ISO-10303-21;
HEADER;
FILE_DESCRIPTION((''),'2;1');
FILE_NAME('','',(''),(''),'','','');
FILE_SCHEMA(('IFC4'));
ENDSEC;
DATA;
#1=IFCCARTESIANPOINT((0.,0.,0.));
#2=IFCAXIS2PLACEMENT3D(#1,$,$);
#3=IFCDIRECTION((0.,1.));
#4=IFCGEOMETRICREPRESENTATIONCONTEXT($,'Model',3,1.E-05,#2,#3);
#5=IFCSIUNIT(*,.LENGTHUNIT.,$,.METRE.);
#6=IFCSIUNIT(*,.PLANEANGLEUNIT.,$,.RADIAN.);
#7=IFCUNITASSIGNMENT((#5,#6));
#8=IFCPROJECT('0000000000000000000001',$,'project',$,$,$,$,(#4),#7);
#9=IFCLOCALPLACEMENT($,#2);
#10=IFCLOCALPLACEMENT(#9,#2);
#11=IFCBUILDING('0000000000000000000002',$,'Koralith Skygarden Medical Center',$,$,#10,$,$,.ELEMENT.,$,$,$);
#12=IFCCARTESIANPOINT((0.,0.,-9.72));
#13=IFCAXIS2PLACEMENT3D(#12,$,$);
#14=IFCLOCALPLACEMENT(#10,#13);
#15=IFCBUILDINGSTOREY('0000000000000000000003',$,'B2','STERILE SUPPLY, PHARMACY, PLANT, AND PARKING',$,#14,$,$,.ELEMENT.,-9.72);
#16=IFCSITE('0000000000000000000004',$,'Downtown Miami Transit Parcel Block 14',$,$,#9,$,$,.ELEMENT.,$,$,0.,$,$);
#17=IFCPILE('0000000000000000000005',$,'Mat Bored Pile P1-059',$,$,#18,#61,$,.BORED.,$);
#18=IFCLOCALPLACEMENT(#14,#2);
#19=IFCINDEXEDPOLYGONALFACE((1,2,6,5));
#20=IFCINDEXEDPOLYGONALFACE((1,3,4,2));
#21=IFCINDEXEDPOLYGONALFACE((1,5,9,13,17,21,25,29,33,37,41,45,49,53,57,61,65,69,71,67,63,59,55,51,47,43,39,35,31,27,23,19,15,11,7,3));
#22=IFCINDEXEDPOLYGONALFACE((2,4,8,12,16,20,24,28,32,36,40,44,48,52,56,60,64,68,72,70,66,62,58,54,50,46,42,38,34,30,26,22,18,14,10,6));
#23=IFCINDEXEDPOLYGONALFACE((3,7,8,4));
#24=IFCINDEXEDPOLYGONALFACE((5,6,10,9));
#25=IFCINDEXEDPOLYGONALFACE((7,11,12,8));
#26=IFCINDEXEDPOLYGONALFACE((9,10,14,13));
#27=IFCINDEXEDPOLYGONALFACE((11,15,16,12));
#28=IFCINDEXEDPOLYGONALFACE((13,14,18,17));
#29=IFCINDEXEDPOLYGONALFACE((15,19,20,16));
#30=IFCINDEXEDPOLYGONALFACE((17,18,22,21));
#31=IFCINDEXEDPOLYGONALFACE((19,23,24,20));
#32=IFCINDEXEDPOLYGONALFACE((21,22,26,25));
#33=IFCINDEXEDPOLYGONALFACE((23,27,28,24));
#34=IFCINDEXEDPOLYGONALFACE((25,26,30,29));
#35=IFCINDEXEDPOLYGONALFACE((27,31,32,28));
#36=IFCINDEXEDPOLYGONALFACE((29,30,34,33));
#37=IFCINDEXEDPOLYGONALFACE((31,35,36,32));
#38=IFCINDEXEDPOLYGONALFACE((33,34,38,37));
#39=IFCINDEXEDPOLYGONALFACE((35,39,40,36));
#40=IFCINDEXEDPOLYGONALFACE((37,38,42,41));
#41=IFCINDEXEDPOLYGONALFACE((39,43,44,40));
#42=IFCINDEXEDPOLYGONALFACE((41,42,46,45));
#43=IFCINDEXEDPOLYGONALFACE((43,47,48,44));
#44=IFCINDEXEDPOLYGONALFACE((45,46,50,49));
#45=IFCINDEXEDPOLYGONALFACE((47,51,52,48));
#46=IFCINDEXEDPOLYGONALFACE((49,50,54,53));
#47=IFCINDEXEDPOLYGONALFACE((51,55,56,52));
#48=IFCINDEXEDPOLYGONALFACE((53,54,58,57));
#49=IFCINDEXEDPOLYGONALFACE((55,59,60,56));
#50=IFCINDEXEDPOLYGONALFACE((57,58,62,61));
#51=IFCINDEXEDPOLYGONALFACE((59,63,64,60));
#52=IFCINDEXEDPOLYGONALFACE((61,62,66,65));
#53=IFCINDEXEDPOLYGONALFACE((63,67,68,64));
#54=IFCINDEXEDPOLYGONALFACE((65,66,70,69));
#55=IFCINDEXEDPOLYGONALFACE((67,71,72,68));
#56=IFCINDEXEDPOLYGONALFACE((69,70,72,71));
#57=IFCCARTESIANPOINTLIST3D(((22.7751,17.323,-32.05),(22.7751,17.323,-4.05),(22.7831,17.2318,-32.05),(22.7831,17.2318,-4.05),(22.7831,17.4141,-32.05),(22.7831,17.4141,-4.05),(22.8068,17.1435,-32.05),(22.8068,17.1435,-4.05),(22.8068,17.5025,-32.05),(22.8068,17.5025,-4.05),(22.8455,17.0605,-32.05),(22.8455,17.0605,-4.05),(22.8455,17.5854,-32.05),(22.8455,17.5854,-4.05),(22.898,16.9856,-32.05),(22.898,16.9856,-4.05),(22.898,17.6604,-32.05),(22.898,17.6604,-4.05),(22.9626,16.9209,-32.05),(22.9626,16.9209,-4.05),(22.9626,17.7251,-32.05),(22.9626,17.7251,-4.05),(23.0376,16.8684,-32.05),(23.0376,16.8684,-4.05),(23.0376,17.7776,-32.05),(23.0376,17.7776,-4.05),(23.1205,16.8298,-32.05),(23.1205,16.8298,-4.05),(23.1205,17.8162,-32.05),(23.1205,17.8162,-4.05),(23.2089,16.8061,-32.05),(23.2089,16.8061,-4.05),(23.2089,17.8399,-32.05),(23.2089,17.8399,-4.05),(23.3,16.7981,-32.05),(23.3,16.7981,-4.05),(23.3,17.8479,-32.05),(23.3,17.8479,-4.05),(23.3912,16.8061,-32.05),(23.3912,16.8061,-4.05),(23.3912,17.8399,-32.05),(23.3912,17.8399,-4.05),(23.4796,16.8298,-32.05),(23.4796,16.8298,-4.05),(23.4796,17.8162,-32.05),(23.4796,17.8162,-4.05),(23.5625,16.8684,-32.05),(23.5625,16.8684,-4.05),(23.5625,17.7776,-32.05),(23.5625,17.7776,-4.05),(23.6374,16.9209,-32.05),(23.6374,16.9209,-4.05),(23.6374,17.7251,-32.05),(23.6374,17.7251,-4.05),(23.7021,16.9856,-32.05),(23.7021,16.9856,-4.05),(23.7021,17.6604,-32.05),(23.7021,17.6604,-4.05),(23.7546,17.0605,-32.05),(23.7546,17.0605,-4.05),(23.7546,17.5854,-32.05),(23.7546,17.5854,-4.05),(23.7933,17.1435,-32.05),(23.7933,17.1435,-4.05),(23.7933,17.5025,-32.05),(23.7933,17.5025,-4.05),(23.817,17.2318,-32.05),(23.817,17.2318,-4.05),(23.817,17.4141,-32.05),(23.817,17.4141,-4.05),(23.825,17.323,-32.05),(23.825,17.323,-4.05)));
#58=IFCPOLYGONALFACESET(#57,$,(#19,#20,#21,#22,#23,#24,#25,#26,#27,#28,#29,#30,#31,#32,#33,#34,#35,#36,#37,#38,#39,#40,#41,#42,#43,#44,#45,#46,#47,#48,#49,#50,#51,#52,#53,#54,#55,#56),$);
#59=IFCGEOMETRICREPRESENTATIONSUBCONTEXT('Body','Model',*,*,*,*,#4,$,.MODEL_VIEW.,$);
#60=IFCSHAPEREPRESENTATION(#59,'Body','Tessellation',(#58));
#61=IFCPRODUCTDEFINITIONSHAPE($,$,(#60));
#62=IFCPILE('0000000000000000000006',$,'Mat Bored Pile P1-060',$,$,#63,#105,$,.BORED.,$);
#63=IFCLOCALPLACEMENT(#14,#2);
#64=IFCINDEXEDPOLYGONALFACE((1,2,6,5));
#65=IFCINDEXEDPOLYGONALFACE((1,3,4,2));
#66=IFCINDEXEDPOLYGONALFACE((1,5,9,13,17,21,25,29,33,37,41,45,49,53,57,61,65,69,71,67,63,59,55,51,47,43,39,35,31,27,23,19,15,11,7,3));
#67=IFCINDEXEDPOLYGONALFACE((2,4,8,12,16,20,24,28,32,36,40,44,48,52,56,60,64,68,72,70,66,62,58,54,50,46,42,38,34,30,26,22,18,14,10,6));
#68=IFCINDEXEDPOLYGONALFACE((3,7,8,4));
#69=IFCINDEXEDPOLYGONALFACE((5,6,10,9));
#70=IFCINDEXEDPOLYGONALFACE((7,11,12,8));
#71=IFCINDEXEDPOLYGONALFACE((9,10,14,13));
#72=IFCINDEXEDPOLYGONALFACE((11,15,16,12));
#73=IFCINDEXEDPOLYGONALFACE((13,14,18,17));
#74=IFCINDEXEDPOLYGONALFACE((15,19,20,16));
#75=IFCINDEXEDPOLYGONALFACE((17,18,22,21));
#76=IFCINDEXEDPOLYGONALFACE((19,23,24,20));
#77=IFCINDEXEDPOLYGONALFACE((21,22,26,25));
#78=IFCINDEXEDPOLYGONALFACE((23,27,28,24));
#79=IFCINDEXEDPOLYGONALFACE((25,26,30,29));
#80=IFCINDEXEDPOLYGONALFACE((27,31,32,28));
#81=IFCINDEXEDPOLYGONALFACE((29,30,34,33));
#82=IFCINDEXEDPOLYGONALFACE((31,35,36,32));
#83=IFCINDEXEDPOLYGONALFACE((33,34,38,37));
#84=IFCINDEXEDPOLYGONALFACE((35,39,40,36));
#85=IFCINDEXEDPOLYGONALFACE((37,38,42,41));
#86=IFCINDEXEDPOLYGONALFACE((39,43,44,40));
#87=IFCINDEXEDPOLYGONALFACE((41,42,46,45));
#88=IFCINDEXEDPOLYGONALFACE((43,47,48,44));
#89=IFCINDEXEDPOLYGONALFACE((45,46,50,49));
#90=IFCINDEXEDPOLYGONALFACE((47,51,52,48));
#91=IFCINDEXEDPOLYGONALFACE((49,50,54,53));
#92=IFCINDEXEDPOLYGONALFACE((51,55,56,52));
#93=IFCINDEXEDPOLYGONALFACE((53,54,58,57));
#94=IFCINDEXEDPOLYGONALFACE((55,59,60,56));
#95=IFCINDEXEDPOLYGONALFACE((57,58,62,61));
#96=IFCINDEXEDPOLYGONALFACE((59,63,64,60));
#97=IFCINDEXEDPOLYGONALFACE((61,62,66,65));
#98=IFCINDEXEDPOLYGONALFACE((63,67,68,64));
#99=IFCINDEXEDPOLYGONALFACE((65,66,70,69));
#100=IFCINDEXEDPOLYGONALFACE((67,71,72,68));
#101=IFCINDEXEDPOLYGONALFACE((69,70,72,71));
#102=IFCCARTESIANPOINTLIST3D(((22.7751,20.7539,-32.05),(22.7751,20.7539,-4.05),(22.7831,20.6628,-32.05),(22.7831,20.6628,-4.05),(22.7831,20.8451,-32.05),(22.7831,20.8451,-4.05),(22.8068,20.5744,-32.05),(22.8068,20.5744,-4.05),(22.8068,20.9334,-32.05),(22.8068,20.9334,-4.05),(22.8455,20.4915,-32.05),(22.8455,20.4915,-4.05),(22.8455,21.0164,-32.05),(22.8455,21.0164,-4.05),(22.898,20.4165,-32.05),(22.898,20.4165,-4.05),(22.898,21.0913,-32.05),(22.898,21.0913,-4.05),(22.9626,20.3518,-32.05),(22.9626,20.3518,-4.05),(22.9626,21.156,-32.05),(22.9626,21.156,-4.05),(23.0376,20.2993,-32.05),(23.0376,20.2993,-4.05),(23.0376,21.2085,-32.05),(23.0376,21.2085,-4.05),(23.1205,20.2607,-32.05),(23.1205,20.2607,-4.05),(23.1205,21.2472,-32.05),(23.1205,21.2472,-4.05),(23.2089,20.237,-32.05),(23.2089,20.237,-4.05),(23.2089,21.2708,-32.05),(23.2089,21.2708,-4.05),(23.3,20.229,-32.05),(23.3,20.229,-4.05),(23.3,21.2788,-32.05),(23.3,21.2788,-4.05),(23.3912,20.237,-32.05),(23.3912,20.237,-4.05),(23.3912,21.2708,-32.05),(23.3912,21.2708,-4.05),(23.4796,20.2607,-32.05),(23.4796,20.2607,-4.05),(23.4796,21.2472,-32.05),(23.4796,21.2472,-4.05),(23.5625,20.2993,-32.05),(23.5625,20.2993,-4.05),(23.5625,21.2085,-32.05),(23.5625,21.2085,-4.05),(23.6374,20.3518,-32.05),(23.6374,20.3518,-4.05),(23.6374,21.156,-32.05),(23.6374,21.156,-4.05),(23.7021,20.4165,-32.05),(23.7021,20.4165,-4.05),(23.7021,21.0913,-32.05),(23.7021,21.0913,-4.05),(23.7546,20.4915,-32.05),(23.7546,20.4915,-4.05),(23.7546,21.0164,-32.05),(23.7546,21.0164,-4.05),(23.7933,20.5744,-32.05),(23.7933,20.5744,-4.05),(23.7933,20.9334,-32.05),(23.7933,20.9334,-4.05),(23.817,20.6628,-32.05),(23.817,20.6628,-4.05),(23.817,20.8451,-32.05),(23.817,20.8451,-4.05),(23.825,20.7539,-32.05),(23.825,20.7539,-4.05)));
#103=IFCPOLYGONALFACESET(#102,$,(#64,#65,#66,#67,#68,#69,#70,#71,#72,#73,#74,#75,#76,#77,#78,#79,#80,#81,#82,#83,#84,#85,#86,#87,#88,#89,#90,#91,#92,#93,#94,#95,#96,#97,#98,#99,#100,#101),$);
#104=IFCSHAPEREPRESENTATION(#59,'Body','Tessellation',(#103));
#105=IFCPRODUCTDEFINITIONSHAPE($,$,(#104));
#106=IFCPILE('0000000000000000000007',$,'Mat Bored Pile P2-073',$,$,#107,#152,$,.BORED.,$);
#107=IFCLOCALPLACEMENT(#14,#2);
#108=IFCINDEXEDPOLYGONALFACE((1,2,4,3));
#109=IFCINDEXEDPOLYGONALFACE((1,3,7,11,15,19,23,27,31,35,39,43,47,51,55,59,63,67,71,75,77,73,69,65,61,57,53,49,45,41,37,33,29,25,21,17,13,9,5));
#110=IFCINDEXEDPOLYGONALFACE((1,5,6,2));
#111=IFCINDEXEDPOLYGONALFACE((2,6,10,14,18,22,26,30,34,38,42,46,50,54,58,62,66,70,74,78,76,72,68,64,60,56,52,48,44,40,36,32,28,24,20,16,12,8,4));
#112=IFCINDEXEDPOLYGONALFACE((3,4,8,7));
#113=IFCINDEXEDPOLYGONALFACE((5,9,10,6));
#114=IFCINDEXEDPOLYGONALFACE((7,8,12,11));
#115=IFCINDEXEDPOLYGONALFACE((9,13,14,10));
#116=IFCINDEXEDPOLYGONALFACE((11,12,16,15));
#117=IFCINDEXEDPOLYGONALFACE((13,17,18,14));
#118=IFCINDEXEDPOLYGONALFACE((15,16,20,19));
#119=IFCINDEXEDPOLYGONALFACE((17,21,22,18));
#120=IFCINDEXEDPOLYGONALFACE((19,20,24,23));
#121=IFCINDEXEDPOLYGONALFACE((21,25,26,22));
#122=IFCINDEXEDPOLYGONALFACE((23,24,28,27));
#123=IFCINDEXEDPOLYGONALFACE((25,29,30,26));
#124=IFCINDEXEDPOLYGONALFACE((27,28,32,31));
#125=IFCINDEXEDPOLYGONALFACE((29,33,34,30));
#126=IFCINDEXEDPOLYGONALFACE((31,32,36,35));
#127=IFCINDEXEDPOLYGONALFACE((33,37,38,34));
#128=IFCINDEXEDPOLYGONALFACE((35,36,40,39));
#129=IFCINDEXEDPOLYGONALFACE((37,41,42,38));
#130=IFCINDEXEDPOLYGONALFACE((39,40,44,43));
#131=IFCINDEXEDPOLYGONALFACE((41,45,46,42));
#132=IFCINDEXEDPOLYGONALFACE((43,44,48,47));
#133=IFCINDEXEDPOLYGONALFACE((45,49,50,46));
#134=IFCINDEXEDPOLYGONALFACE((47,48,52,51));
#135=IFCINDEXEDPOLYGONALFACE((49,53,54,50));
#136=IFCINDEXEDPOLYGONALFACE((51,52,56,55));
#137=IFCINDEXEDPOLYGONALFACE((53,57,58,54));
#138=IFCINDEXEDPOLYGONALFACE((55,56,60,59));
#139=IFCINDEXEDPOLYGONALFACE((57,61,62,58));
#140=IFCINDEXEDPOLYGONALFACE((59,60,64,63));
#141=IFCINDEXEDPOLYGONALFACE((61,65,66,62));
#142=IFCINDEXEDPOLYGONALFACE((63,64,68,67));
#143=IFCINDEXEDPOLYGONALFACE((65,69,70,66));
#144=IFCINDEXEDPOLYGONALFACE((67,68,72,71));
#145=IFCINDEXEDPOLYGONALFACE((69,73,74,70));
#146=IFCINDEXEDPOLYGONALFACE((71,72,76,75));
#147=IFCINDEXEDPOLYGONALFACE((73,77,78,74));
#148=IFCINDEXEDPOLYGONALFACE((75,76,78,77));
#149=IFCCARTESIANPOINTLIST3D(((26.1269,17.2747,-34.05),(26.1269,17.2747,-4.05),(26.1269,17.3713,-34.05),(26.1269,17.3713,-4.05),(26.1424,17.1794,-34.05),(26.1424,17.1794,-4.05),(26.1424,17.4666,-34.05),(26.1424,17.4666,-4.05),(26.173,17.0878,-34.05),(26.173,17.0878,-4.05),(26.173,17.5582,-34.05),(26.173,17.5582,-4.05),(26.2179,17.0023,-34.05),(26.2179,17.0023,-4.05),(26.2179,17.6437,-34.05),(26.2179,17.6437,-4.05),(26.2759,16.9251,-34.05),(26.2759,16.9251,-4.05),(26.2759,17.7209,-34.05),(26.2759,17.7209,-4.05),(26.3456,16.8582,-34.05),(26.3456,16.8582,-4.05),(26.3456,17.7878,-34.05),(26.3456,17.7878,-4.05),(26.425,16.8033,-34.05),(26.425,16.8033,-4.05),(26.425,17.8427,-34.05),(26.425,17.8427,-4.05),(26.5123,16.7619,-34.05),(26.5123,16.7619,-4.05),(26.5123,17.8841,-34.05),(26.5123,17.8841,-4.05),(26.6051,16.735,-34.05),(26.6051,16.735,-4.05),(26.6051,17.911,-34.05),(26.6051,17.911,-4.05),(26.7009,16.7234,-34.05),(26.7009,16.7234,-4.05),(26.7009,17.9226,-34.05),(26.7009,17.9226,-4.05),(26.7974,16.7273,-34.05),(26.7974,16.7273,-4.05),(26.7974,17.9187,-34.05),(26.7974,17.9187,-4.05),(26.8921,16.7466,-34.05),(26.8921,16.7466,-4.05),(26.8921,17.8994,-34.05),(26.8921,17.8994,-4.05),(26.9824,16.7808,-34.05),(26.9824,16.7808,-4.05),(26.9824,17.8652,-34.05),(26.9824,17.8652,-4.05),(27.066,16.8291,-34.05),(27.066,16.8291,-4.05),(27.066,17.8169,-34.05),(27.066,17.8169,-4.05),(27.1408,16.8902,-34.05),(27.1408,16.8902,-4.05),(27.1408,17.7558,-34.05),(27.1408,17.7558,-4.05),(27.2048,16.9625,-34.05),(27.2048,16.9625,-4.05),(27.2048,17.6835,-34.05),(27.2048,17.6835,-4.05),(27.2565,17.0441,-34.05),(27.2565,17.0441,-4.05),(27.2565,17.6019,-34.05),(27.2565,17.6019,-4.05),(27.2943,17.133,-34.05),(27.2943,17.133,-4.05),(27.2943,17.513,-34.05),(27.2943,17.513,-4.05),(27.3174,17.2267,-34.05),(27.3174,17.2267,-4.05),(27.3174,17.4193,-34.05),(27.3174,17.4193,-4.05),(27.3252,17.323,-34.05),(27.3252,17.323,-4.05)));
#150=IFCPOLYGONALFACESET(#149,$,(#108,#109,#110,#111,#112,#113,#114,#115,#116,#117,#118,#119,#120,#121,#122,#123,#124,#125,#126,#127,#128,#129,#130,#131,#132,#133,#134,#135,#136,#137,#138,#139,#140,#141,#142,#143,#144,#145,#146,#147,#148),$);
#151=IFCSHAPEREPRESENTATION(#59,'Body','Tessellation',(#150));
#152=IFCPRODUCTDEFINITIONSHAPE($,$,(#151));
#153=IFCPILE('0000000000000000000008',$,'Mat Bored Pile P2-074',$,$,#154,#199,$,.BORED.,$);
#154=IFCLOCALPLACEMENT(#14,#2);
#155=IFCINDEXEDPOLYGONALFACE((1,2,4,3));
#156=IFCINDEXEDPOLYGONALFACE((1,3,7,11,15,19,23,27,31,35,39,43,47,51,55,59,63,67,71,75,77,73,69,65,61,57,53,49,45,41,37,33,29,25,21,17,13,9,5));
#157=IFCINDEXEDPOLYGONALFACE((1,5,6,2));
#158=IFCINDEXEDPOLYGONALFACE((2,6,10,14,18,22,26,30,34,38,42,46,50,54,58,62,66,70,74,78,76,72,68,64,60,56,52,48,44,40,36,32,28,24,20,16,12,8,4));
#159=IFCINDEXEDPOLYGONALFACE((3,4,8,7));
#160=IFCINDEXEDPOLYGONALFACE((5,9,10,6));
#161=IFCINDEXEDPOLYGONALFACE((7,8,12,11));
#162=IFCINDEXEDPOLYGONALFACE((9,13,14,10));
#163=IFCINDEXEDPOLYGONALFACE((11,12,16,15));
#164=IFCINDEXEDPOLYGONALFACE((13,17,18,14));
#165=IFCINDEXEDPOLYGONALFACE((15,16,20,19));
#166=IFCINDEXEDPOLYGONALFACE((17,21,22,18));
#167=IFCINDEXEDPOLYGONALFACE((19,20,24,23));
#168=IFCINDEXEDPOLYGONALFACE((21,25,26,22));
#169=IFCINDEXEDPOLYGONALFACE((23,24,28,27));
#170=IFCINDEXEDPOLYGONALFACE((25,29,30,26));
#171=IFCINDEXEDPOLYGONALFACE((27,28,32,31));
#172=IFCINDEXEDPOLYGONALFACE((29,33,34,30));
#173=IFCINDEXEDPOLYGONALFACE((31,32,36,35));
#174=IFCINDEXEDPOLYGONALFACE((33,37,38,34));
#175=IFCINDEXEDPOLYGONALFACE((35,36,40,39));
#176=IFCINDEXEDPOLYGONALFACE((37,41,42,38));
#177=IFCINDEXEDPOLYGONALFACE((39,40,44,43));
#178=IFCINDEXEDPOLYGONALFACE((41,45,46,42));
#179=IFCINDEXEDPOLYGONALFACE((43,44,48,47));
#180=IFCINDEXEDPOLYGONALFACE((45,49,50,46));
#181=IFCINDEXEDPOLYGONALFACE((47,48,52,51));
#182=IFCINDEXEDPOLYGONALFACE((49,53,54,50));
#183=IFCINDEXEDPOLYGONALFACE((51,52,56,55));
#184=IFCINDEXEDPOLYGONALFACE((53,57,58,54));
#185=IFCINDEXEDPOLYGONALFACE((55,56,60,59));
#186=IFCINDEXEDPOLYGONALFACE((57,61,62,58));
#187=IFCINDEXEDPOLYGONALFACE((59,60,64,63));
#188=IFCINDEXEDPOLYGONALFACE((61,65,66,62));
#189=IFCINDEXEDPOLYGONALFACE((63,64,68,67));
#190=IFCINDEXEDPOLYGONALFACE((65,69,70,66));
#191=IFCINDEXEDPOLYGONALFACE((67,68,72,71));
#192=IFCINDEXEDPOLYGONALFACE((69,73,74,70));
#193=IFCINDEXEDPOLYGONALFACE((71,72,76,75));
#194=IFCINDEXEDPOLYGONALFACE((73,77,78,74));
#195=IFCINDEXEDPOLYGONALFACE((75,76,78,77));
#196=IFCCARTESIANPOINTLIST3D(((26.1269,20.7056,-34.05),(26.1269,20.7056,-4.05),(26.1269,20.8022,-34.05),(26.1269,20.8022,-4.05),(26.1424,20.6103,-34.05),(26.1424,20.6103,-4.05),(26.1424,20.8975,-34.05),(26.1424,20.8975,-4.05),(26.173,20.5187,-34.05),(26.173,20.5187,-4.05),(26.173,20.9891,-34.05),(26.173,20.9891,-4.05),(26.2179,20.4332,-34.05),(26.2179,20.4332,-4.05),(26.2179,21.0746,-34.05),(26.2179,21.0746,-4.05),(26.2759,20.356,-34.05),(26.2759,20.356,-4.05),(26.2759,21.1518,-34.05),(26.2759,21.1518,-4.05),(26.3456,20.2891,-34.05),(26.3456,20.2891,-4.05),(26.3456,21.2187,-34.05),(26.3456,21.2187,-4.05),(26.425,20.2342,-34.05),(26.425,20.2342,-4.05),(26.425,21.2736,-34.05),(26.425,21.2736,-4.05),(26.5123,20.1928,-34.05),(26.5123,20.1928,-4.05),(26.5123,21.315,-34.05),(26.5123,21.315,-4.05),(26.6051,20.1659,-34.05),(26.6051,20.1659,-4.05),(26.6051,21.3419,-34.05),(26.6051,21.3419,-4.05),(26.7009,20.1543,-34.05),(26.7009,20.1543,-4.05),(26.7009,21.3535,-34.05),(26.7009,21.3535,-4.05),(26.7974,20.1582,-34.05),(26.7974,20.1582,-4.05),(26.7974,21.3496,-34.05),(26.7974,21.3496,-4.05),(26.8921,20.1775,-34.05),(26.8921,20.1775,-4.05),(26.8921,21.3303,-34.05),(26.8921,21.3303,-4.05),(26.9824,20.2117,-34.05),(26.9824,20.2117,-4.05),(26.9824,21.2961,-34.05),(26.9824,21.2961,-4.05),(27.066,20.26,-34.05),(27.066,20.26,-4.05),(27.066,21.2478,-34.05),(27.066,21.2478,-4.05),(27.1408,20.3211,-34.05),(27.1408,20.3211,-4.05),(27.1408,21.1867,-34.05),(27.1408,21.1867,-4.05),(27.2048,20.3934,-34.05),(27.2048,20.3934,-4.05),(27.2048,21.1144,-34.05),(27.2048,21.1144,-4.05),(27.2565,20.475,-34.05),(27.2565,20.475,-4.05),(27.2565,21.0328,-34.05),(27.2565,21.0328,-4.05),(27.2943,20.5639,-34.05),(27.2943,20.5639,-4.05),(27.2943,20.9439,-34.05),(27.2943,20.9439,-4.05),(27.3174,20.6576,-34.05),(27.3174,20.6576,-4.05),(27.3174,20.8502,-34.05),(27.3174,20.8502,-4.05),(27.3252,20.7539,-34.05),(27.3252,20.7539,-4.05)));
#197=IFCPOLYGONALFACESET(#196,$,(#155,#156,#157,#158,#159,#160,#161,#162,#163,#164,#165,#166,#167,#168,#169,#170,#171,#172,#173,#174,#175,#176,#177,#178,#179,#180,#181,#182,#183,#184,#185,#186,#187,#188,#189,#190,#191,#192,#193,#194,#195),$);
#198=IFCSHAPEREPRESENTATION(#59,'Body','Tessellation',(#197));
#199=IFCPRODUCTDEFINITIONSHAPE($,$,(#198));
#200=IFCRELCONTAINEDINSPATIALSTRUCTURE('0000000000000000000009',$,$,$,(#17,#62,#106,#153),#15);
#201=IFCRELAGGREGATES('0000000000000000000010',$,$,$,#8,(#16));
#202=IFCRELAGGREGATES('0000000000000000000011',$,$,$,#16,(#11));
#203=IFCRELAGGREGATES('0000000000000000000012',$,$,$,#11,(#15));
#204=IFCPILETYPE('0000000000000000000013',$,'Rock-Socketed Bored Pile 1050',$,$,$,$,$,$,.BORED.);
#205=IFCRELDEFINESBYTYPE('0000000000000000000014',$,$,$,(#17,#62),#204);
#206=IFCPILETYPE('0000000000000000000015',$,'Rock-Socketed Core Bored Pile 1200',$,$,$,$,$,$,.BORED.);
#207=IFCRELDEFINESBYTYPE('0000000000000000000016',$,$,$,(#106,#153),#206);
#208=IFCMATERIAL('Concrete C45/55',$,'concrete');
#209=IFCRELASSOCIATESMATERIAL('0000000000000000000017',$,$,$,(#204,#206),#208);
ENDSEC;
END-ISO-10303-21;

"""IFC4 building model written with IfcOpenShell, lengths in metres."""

from ifc_helpers import new_model, si_unit, direction, frame, origin, origin_2d, place, context, subcontext, project, spatial, circle, extrude, material, material_profile, profile_set, type_object, element, save


model = new_model("IFC4")

# Units and contexts
model_context = context("Model", 3, precision=1e-05, world=origin(), true_north=direction((0.0, 1.0)))
body_context = subcontext(model_context, "Body", "Model", "MODEL_VIEW")
ifc_project = project(units=[si_unit("LENGTHUNIT", "METRE"), si_unit("PLANEANGLEUNIT", "RADIAN")], contexts=[model_context])

# Site, building, storey
site_placement = place(None, origin())
site = spatial("IfcSite", under=ifc_project, at=site_placement, Name="Downtown Miami Transit Parcel Block 14", CompositionType="ELEMENT", RefElevation=0.0)
building_placement = place(site_placement, origin())
building = spatial("IfcBuilding", under=site, at=building_placement, Name="Koralith Skygarden Medical Center", CompositionType="ELEMENT")
storey_placement = place(building_placement, frame((0.0, 0.0, -9.72)))
storey = spatial("IfcBuildingStorey", under=building, at=storey_placement, Name="B2", Description="STERILE SUPPLY, PHARMACY, PLANT, AND PARKING", CompositionType="ELEMENT", Elevation=-9.72)

# Piles
ifc_material_1 = material(Name="Concrete C45/55", Category="concrete")
ifc_material_profile_1 = material_profile(ifc_material_1, circle(Radius=0.5249, at=origin_2d()), Name="PILE1050")
ifc_profile_set_1 = profile_set([ifc_material_profile_1], Name="Concrete C45/55")
pile_type_1 = type_object("IfcPileType", Name="Rock-Socketed Bored Pile 1050", PredefinedType="BORED", material=ifc_profile_set_1)
for number, where, z_axis, x_axis, name in (
    (1, (23.3, 17.323, -4.05), (0.0, 0.0, -1.0), (1.0, 0.0, 0.0), "Mat Bored Pile P1-059"),
    (2, (23.3, 20.7539, -4.05), (0.0, 0.0, -1.0), (1.0, 0.0, 0.0), "Mat Bored Pile P1-060"),
):
    element("IfcPile", number, at=place(storey_placement, frame(where, z_axis=z_axis, x_axis=x_axis)), inside=storey, type_object=pile_type_1, Name=name, PredefinedType="BORED", context=body_context, shape_type="SweptSolid", body=[
        extrude(circle(Radius=0.5249, at=origin_2d()), origin(), (0.0, 0.0, 1.0), 28.0),
    ])
ifc_material_profile_2 = material_profile(ifc_material_1, circle(Radius=0.6001, at=origin_2d()), Name="PILE1200")
ifc_profile_set_2 = profile_set([ifc_material_profile_2], Name="Concrete C45/55")
pile_type_2 = type_object("IfcPileType", Name="Rock-Socketed Core Bored Pile 1200", PredefinedType="BORED", material=ifc_profile_set_2)
for number, where, z_axis, x_axis, name in (
    (3, (26.7251, 17.323, -4.05), (0.0, 0.0, -1.0), (1.0, 0.0, 0.0), "Mat Bored Pile P2-073"),
    (4, (26.7251, 20.7539, -4.05), (0.0, 0.0, -1.0), (1.0, 0.0, 0.0), "Mat Bored Pile P2-074"),
):
    element("IfcPile", number, at=place(storey_placement, frame(where, z_axis=z_axis, x_axis=x_axis)), inside=storey, type_object=pile_type_2, Name=name, PredefinedType="BORED", context=body_context, shape_type="SweptSolid", body=[
        extrude(circle(Radius=0.6001, at=origin_2d()), origin(), (0.0, 0.0, 1.0), 30.0),
    ])

save(model, "model.ifc")
